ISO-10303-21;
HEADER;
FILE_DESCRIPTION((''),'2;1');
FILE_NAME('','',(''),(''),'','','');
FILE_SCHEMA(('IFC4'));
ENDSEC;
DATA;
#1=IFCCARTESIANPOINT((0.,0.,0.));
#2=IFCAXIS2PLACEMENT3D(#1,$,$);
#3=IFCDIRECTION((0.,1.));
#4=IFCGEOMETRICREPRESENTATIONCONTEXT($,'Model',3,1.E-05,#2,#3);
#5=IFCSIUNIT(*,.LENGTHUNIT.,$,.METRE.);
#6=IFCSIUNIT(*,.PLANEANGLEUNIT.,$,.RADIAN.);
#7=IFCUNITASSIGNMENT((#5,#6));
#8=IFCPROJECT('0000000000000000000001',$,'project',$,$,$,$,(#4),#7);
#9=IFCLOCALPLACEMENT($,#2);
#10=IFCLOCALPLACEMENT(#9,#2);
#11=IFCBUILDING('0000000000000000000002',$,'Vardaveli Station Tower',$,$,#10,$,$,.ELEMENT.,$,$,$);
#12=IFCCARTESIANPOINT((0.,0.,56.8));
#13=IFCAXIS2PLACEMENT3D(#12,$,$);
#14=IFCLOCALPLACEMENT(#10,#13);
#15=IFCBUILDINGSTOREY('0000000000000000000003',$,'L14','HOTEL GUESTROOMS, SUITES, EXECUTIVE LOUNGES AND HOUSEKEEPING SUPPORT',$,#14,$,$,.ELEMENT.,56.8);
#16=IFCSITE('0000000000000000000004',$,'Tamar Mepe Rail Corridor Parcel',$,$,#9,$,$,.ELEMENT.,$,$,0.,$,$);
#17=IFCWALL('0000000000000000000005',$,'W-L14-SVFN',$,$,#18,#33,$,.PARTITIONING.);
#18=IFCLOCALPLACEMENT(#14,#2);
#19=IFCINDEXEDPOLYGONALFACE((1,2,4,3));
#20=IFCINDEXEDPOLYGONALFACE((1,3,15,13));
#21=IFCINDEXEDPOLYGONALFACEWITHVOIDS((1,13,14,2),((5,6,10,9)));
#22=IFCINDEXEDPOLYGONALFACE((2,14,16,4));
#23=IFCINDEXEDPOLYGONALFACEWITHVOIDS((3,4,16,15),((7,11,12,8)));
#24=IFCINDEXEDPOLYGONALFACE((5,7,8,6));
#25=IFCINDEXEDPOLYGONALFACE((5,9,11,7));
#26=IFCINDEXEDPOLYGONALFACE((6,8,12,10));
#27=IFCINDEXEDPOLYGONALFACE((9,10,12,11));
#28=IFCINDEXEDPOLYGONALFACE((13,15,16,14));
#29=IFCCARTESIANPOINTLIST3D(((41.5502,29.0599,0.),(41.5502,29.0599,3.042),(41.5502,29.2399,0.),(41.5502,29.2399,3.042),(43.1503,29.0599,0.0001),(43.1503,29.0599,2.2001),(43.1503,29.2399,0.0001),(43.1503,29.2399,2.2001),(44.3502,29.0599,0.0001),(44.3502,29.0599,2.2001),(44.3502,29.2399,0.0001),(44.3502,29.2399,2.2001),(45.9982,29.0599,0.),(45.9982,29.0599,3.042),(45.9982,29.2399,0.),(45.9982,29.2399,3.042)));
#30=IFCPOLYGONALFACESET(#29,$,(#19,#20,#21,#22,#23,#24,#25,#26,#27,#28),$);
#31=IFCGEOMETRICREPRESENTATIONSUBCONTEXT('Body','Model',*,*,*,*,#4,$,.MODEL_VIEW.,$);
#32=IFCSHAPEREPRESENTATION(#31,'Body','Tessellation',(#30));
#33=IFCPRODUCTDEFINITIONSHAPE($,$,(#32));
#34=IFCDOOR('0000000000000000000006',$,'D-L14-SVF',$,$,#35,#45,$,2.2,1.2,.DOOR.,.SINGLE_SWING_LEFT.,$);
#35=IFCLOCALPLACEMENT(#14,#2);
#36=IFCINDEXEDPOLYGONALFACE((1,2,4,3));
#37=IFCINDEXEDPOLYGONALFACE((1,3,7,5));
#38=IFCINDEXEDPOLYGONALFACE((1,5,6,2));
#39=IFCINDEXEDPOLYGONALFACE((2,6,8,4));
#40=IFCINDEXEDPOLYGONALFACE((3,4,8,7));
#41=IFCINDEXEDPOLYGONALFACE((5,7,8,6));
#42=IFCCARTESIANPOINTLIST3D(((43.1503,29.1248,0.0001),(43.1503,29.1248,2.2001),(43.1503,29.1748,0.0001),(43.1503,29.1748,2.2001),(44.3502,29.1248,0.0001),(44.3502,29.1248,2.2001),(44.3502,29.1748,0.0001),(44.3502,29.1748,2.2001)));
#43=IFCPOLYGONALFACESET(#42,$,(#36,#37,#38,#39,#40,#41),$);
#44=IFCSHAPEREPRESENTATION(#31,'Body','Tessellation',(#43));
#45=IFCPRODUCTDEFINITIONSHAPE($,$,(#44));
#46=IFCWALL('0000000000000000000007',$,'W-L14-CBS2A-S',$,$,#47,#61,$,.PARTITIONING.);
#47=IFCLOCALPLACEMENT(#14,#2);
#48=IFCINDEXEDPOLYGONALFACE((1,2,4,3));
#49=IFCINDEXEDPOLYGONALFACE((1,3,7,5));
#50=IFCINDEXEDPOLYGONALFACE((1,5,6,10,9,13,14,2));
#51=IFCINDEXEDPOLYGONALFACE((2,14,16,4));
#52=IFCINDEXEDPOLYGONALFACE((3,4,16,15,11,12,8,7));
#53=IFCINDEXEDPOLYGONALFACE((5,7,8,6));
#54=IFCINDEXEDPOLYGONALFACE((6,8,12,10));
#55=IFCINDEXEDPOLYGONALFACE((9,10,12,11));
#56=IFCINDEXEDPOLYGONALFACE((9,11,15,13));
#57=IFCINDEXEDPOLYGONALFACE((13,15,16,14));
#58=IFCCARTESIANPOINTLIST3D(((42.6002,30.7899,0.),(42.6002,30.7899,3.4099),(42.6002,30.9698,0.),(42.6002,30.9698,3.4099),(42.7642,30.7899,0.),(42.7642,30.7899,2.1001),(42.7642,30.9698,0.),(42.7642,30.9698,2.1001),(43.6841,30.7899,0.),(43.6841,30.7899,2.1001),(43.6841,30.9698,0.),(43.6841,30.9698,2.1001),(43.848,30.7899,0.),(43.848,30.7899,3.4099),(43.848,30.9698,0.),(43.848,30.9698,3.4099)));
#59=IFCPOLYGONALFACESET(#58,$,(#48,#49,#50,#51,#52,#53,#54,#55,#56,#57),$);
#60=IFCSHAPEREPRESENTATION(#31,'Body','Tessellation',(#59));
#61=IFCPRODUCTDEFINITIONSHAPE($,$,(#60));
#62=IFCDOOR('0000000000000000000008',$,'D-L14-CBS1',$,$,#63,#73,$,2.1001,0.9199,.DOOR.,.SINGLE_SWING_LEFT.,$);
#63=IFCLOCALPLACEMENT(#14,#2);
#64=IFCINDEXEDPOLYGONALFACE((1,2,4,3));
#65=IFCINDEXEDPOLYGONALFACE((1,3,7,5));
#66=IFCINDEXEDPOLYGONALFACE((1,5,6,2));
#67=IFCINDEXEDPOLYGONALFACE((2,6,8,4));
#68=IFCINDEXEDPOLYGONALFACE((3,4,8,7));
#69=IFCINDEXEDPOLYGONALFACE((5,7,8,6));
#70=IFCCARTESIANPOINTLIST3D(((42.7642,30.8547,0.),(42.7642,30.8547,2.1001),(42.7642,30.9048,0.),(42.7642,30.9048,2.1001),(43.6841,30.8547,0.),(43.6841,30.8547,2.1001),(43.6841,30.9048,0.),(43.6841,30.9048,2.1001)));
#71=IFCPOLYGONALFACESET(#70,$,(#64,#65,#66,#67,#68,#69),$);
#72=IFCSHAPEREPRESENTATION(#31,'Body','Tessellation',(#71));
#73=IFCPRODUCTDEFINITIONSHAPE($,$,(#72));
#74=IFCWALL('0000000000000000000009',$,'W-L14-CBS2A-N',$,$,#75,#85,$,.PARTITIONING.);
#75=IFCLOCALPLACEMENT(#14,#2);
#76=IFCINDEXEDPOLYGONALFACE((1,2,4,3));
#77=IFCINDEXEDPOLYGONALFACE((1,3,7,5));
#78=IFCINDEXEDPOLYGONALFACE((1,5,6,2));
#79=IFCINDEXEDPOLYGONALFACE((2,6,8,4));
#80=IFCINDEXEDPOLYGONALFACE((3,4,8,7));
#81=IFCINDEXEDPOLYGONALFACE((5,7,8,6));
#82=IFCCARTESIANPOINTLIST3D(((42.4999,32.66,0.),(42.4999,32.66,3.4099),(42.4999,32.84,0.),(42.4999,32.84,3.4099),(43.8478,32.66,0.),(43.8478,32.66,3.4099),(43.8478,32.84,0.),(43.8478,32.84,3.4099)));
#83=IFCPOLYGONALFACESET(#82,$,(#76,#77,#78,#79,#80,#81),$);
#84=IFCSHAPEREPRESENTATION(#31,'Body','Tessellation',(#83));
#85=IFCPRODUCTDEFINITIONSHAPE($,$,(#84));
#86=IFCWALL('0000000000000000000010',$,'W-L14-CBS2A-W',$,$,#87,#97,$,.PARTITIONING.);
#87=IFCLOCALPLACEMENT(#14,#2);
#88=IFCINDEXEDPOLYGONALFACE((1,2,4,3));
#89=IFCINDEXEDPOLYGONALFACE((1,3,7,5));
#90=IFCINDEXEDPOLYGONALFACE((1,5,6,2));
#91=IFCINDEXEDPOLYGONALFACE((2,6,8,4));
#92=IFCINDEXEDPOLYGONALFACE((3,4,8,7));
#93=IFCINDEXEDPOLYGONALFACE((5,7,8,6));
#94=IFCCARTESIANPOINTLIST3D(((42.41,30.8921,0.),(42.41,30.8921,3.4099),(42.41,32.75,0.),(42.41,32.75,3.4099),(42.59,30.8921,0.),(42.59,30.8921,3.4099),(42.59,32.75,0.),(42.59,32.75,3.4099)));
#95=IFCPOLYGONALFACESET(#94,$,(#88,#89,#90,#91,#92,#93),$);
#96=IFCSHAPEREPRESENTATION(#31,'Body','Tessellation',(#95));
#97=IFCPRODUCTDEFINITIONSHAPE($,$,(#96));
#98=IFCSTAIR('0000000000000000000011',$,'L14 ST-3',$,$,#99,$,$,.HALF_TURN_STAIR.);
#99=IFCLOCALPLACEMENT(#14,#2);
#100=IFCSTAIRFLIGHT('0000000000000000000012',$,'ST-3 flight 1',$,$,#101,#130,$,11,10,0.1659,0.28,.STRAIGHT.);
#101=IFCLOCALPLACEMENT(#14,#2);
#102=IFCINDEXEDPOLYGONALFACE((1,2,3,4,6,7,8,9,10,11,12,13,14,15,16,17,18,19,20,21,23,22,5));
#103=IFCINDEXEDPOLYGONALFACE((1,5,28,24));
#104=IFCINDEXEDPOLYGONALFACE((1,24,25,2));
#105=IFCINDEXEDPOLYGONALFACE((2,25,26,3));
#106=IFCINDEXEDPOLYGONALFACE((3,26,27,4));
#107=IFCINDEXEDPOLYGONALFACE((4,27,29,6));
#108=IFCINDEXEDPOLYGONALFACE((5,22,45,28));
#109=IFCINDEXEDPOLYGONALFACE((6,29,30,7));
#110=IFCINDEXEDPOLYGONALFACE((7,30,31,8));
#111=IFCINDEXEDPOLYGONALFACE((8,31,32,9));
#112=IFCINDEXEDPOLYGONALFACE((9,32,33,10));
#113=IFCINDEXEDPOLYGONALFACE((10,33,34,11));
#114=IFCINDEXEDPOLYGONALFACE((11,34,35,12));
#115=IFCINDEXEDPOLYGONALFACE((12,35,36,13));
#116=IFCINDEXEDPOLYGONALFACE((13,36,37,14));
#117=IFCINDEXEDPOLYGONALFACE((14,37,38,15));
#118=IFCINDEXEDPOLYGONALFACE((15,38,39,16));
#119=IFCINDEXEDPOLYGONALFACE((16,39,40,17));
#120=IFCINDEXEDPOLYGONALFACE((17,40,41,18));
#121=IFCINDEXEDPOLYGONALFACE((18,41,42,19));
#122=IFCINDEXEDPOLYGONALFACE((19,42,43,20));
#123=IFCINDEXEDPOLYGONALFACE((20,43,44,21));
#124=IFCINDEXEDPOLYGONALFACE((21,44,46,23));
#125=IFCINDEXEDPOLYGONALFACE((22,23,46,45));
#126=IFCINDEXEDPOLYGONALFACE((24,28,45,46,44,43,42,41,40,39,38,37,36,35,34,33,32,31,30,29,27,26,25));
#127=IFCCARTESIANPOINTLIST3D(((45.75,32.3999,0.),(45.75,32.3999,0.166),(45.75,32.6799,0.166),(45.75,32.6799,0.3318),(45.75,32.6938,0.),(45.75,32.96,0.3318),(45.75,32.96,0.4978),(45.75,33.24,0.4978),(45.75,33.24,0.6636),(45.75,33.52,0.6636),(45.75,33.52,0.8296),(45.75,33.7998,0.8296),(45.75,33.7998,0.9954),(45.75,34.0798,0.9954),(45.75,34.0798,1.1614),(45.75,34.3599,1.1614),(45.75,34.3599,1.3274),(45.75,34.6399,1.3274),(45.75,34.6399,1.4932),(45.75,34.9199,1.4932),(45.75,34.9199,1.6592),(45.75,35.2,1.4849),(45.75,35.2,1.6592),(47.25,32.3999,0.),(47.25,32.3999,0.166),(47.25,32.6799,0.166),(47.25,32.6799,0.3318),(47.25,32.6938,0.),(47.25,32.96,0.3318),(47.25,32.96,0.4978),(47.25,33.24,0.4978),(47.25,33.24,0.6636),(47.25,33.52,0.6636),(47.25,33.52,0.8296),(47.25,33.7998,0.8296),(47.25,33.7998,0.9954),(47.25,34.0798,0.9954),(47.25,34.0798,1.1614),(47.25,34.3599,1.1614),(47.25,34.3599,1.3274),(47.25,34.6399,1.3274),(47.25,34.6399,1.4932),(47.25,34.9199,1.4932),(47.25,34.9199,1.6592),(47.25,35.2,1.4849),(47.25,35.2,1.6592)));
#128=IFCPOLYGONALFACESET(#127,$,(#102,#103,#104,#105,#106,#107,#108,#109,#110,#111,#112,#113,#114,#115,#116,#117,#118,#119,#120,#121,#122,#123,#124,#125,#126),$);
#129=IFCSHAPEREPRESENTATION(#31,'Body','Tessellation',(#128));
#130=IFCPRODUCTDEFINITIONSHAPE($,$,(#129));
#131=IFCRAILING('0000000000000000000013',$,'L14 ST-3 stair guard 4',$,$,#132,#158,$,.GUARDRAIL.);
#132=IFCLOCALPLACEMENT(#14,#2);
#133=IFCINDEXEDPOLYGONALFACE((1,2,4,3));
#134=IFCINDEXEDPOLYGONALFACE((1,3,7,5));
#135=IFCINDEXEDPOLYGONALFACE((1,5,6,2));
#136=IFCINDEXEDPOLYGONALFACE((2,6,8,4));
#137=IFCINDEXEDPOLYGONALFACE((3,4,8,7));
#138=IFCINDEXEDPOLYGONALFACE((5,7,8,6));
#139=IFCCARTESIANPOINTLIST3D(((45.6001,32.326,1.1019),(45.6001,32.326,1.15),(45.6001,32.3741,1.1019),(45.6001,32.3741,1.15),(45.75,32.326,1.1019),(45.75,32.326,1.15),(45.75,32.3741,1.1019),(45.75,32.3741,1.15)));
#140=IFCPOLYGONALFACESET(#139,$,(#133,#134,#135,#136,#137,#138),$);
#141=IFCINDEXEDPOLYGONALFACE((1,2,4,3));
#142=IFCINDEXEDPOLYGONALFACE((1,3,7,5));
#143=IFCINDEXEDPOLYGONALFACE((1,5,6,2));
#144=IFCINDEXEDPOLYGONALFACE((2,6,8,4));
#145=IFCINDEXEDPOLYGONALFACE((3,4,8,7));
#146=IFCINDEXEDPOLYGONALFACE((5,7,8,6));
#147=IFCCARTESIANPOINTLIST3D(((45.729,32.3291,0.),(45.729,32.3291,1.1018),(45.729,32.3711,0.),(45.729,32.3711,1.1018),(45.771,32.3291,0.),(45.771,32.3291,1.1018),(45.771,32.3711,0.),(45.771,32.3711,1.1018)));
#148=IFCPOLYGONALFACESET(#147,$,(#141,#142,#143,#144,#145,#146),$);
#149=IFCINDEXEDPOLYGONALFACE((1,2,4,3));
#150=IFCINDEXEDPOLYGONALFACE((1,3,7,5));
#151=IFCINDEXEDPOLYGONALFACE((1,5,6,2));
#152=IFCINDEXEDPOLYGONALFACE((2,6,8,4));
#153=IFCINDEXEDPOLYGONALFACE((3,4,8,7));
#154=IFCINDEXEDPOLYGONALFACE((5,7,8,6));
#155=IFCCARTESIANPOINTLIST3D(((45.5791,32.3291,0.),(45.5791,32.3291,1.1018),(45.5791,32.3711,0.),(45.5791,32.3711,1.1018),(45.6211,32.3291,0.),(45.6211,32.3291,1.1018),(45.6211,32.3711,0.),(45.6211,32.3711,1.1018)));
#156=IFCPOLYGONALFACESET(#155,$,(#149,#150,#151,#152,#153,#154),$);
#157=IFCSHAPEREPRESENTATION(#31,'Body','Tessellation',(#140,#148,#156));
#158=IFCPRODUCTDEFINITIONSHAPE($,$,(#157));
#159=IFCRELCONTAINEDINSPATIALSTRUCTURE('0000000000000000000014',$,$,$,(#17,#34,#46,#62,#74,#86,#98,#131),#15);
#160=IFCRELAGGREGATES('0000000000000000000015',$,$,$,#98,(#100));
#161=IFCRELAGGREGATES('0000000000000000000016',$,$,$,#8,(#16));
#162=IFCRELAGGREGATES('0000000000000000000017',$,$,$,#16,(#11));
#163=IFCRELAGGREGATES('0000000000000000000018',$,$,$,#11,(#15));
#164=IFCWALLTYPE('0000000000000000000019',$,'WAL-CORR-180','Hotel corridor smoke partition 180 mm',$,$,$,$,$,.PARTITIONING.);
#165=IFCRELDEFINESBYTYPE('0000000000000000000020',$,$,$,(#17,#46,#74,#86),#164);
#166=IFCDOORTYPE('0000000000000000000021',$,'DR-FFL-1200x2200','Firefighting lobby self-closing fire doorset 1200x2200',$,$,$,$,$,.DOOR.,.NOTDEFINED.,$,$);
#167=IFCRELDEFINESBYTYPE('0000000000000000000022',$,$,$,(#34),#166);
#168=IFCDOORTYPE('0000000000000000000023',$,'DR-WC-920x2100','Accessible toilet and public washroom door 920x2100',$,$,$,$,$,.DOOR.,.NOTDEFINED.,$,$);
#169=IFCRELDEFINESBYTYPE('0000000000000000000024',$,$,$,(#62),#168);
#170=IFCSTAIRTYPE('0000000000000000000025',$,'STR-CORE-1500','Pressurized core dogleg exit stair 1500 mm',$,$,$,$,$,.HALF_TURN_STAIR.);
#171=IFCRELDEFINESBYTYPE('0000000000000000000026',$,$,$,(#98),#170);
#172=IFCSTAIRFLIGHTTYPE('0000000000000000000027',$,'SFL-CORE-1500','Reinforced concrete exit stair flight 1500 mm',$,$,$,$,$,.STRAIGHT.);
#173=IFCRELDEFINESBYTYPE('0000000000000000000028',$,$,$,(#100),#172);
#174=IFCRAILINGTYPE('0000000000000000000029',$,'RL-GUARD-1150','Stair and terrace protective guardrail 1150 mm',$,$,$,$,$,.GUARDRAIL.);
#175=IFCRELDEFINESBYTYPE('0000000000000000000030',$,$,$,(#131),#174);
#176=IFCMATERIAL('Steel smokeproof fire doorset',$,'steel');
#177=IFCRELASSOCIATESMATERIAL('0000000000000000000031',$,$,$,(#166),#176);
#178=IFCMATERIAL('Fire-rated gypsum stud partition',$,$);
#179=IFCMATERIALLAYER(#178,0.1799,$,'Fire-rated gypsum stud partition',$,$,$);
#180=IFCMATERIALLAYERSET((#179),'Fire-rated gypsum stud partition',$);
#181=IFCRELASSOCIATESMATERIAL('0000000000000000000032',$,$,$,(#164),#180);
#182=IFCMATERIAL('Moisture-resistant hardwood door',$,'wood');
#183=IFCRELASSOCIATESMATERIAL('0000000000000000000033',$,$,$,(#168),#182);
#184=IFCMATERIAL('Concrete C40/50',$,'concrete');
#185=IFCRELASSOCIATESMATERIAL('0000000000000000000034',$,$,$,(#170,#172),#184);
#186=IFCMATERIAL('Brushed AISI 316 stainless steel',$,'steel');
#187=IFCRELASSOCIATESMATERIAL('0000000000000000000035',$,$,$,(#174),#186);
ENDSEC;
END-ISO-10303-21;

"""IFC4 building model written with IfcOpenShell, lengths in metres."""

from ifc_helpers import new_model, si_unit, direction, frame, frame_2d, origin, origin_2d, place, context, subcontext, project, spatial, polyline, rectangle, outline, extrude, source, transform, mapped, material, layer, layer_set, type_object, element, fill, aggregate, save


model = new_model("IFC4")

# Units and contexts
model_context = context("Model", 3, precision=1e-05, world=origin(), true_north=direction((0.0, 1.0)))
body_context = subcontext(model_context, "Body", "Model", "MODEL_VIEW")
ifc_project = project(units=[si_unit("LENGTHUNIT", "METRE"), si_unit("PLANEANGLEUNIT", "RADIAN")], contexts=[model_context])

# Site, building, storey
site_placement = place(None, origin())
site = spatial("IfcSite", under=ifc_project, at=site_placement, Name="Tamar Mepe Rail Corridor Parcel", CompositionType="ELEMENT", RefElevation=0.0)
building_placement = place(site_placement, origin())
building = spatial("IfcBuilding", under=site, at=building_placement, Name="Vardaveli Station Tower", CompositionType="ELEMENT")
storey_placement = place(building_placement, frame((0.0, 0.0, 56.8)))
storey = spatial("IfcBuildingStorey", under=building, at=storey_placement, Name="L14", Description="HOTEL GUESTROOMS, SUITES, EXECUTIVE LOUNGES AND HOUSEKEEPING SUPPORT", CompositionType="ELEMENT", Elevation=56.8)

# Shared definitions
ifc_material_1 = material(Name="Concrete C40/50", Category="concrete")

# Walls, openings, doors
ifc_material_2 = material(Name="Steel smokeproof fire doorset", Category="steel")
door_type_1 = type_object("IfcDoorType", Name="DR-FFL-1200x2200", Description="Firefighting lobby self-closing fire doorset 1200x2200", OperationType="NOTDEFINED", PredefinedType="DOOR", material=ifc_material_2)
shared_shape_1 = source(origin(), body_context, "Body", "SweptSolid", [
    extrude(rectangle(XDim=1.2, YDim=2.2, at=frame_2d((0.6001, 1.1001))), frame((0.0, 0.0249, 0.0), z_axis=(0.0, -1.0, 0.0), x_axis=(1.0, 0.0, 0.0)), (0.0, 0.0, 1.0), 0.05),
])
ifc_material_3 = material(Name="Fire-rated gypsum stud partition")
ifc_layer_1 = layer(ifc_material_3, 0.1799, Name="Fire-rated gypsum stud partition")
ifc_layer_set_1 = layer_set([ifc_layer_1], Name="Fire-rated gypsum stud partition")
wall_type_1 = type_object("IfcWallType", Name="WAL-CORR-180", Description="Hotel corridor smoke partition 180 mm", PredefinedType="PARTITIONING", material=ifc_layer_set_1)
shared_shape_2 = source(origin(), body_context, "Body", "SweptSolid", [
    extrude(rectangle(XDim=4.448, YDim=0.1799, at=frame_2d((2.2241, 0.0))), origin(), (0.0, 0.0, 1.0), 3.042),
])
wall_1_placement = place(storey_placement, frame((41.55, 29.1499, 0.0), z_axis=(0.0, 0.0, 1.0), x_axis=(1.0, 0.0, 0.0)))
wall_1 = element("IfcWall", 1, at=wall_1_placement, inside=storey, type_object=wall_type_1, Name="W-L14-SVFN", PredefinedType="PARTITIONING", context=body_context, shape_type="MappedRepresentation", body=[
    mapped(shared_shape_2, transform((0.0, 0.0, 0.0), scale=1.0)),
])
shared_shape_3 = source(origin(), body_context, "Body", "SweptSolid", [
    extrude(rectangle(XDim=1.2, YDim=2.2, at=frame_2d((0.6001, 1.1001))), frame((0.0, 0.1001, 0.0), z_axis=(0.0, -1.0, 0.0), x_axis=(1.0, 0.0, 0.0)), (0.0, 0.0, 1.0), 0.2),
])
opening_1_placement = place(wall_1_placement, frame((1.6001, 0.0, 0.0)))
opening_1 = element("IfcOpeningElement", 2, at=opening_1_placement, cuts=wall_1, PredefinedType="OPENING", context=body_context, shape_type="MappedRepresentation", body=[
    mapped(shared_shape_3, transform((0.0, 0.0, 0.0), scale=1.0)),
])
door_1_placement = place(opening_1_placement, origin())
door_1 = element("IfcDoor", 3, at=door_1_placement, inside=storey, type_object=door_type_1, Name="D-L14-SVF", OperationType="SINGLE_SWING_LEFT", OverallHeight=2.2, OverallWidth=1.2, PredefinedType="DOOR", context=body_context, shape_type="MappedRepresentation", body=[
    mapped(shared_shape_1, transform((0.0, 0.0, 0.0), scale=1.0)),
])
fill(opening_1, door_1)
shared_shape_4 = source(origin(), body_context, "Body", "SweptSolid", [
    extrude(rectangle(XDim=1.2478, YDim=0.1799, at=frame_2d((0.624, 0.0))), origin(), (0.0, 0.0, 1.0), 3.4099),
])
wall_2_placement = place(storey_placement, frame((42.6001, 30.8799, 0.0), z_axis=(0.0, 0.0, 1.0), x_axis=(1.0, 0.0, 0.0)))
wall_2 = element("IfcWall", 4, at=wall_2_placement, inside=storey, type_object=wall_type_1, Name="W-L14-CBS2A-S", PredefinedType="PARTITIONING", context=body_context, shape_type="MappedRepresentation", body=[
    mapped(shared_shape_4, transform((0.0, 0.0, 0.0), scale=1.0)),
])
shared_shape_5 = source(origin(), body_context, "Body", "SweptSolid", [
    extrude(rectangle(XDim=0.9199, YDim=2.1001, at=frame_2d((0.46, 1.05))), frame((0.0, 0.1001, 0.0), z_axis=(0.0, -1.0, 0.0), x_axis=(1.0, 0.0, 0.0)), (0.0, 0.0, 1.0), 0.2),
])
opening_2_placement = place(wall_2_placement, frame((0.1641, 0.0, 0.0)))
opening_2 = element("IfcOpeningElement", 5, at=opening_2_placement, cuts=wall_2, PredefinedType="OPENING", context=body_context, shape_type="MappedRepresentation", body=[
    mapped(shared_shape_5, transform((0.0, 0.0, 0.0), scale=1.0)),
])
ifc_material_4 = material(Name="Moisture-resistant hardwood door", Category="wood")
door_type_2 = type_object("IfcDoorType", Name="DR-WC-920x2100", Description="Accessible toilet and public washroom door 920x2100", OperationType="NOTDEFINED", PredefinedType="DOOR", material=ifc_material_4)
shared_shape_6 = source(origin(), body_context, "Body", "SweptSolid", [
    extrude(rectangle(XDim=0.9199, YDim=2.1001, at=frame_2d((0.46, 1.05))), frame((0.0, 0.0249, 0.0), z_axis=(0.0, -1.0, 0.0), x_axis=(1.0, 0.0, 0.0)), (0.0, 0.0, 1.0), 0.05),
])
door_2_placement = place(opening_2_placement, origin())
door_2 = element("IfcDoor", 6, at=door_2_placement, inside=storey, type_object=door_type_2, Name="D-L14-CBS1", OperationType="SINGLE_SWING_LEFT", OverallHeight=2.1001, OverallWidth=0.9199, PredefinedType="DOOR", context=body_context, shape_type="MappedRepresentation", body=[
    mapped(shared_shape_6, transform((0.0, 0.0, 0.0), scale=1.0)),
])
fill(opening_2, door_2)

# Walls
shared_shape_7 = source(origin(), body_context, "Body", "SweptSolid", [
    extrude(rectangle(XDim=1.3479, YDim=0.1799, at=frame_2d((0.6738, 0.0))), origin(), (0.0, 0.0, 1.0), 3.4099),
])
wall_3_placement = place(storey_placement, frame((42.5, 32.75, 0.0), z_axis=(0.0, 0.0, 1.0), x_axis=(1.0, 0.0, 0.0)))
element("IfcWall", 7, at=wall_3_placement, inside=storey, type_object=wall_type_1, Name="W-L14-CBS2A-N", PredefinedType="PARTITIONING", context=body_context, shape_type="MappedRepresentation", body=[
    mapped(shared_shape_7, transform((0.0, 0.0, 0.0), scale=1.0)),
])
shared_shape_8 = source(origin(), body_context, "Body", "SweptSolid", [
    extrude(rectangle(XDim=1.8579, YDim=0.1799, at=frame_2d((0.929, 0.0))), origin(), (0.0, 0.0, 1.0), 3.4099),
])
wall_4_placement = place(storey_placement, frame((42.5, 30.8921, 0.0), z_axis=(0.0, 0.0, 1.0), x_axis=(0.0, 1.0, 0.0)))
element("IfcWall", 8, at=wall_4_placement, inside=storey, type_object=wall_type_1, Name="W-L14-CBS2A-W", PredefinedType="PARTITIONING", context=body_context, shape_type="MappedRepresentation", body=[
    mapped(shared_shape_8, transform((0.0, 0.0, 0.0), scale=1.0)),
])

# Stair, stair flight
stair_type = type_object("IfcStairType", Name="STR-CORE-1500", Description="Pressurized core dogleg exit stair 1500 mm", PredefinedType="HALF_TURN_STAIR", material=ifc_material_1)
stair_placement = place(storey_placement, origin())
stair = element("IfcStair", 9, at=stair_placement, inside=storey, type_object=stair_type, Name="L14 ST-3", PredefinedType="HALF_TURN_STAIR")
stair_flight_type = type_object("IfcStairFlightType", Name="SFL-CORE-1500", Description="Reinforced concrete exit stair flight 1500 mm", PredefinedType="STRAIGHT", material=ifc_material_1)
shared_shape_9 = source(origin(), body_context, "Body", "SweptSolid", [
    extrude(outline(polyline([(0.0, 0.0), (0.0, 0.166), (0.28, 0.166), (0.28, 0.3318), (0.5601, 0.3318), (0.5601, 0.4978), (0.8401, 0.4978), (0.8401, 0.6636), (1.1201, 0.6636), (1.1201, 0.8296), (1.3999, 0.8296), (1.3999, 0.9954), (1.6799, 0.9954), (1.6799, 1.1614), (1.96, 1.1614), (1.96, 1.3274), (2.24, 1.3274), (2.24, 1.4932), (2.52, 1.4932), (2.52, 1.6592), (2.8, 1.6592), (2.8, 1.825), (2.8, 1.4849), (0.2939, 0.0), (0.0, 0.0)])), frame((0.0, 0.75, 0.0), z_axis=(0.0, -1.0, 0.0), x_axis=(1.0, 0.0, 0.0)), (0.0, 0.0, 1.0), 1.5),
])
stair_flight_placement = place(storey_placement, frame((46.5, 32.3999, 0.0), z_axis=(0.0, 0.0, 1.0), x_axis=(0.0, 1.0, 0.0)))
stair_flight = element("IfcStairFlight", 10, at=stair_flight_placement, type_object=stair_flight_type, Name="ST-3 flight 1", NumberOfRisers=11, NumberOfTreads=10, PredefinedType="STRAIGHT", RiserHeight=0.1659, TreadLength=0.28, context=body_context, shape_type="MappedRepresentation", body=[
    mapped(shared_shape_9, transform((0.0, 0.0, 0.0), scale=1.0)),
])
aggregate(stair, [stair_flight])

# Railing
ifc_material_5 = material(Name="Brushed AISI 316 stainless steel", Category="steel")
railing_type_1 = type_object("IfcRailingType", Name="RL-GUARD-1150", Description="Stair and terrace protective guardrail 1150 mm", PredefinedType="GUARDRAIL", material=ifc_material_5)
shared_shape_10 = source(origin(), body_context, "Body", "SweptSolid", [
    extrude(rectangle(XDim=0.0481, YDim=0.0481, at=origin_2d()), frame((0.0, 0.0, 1.126), z_axis=(-1.0, 0.0, 0.0), x_axis=(0.0, -1.0, 0.0)), (0.0, 0.0, 1.0), 0.1499),
    extrude(rectangle(XDim=0.042, YDim=0.042, at=origin_2d()), origin(), (0.0, 0.0, 1.0), 1.1018),
    extrude(rectangle(XDim=0.042, YDim=0.042, at=origin_2d()), frame((-0.1499, 0.0, 0.0)), (0.0, 0.0, 1.0), 1.1018),
])
railing_1_placement = place(storey_placement, frame((45.75, 32.3501, 0.0)))
element("IfcRailing", 11, at=railing_1_placement, inside=storey, type_object=railing_type_1, Name="L14 ST-3 stair guard 4", PredefinedType="GUARDRAIL", context=body_context, shape_type="MappedRepresentation", body=[
    mapped(shared_shape_10, transform((0.0, 0.0, 0.0), scale=1.0)),
])

save(model, "model.ifc")
